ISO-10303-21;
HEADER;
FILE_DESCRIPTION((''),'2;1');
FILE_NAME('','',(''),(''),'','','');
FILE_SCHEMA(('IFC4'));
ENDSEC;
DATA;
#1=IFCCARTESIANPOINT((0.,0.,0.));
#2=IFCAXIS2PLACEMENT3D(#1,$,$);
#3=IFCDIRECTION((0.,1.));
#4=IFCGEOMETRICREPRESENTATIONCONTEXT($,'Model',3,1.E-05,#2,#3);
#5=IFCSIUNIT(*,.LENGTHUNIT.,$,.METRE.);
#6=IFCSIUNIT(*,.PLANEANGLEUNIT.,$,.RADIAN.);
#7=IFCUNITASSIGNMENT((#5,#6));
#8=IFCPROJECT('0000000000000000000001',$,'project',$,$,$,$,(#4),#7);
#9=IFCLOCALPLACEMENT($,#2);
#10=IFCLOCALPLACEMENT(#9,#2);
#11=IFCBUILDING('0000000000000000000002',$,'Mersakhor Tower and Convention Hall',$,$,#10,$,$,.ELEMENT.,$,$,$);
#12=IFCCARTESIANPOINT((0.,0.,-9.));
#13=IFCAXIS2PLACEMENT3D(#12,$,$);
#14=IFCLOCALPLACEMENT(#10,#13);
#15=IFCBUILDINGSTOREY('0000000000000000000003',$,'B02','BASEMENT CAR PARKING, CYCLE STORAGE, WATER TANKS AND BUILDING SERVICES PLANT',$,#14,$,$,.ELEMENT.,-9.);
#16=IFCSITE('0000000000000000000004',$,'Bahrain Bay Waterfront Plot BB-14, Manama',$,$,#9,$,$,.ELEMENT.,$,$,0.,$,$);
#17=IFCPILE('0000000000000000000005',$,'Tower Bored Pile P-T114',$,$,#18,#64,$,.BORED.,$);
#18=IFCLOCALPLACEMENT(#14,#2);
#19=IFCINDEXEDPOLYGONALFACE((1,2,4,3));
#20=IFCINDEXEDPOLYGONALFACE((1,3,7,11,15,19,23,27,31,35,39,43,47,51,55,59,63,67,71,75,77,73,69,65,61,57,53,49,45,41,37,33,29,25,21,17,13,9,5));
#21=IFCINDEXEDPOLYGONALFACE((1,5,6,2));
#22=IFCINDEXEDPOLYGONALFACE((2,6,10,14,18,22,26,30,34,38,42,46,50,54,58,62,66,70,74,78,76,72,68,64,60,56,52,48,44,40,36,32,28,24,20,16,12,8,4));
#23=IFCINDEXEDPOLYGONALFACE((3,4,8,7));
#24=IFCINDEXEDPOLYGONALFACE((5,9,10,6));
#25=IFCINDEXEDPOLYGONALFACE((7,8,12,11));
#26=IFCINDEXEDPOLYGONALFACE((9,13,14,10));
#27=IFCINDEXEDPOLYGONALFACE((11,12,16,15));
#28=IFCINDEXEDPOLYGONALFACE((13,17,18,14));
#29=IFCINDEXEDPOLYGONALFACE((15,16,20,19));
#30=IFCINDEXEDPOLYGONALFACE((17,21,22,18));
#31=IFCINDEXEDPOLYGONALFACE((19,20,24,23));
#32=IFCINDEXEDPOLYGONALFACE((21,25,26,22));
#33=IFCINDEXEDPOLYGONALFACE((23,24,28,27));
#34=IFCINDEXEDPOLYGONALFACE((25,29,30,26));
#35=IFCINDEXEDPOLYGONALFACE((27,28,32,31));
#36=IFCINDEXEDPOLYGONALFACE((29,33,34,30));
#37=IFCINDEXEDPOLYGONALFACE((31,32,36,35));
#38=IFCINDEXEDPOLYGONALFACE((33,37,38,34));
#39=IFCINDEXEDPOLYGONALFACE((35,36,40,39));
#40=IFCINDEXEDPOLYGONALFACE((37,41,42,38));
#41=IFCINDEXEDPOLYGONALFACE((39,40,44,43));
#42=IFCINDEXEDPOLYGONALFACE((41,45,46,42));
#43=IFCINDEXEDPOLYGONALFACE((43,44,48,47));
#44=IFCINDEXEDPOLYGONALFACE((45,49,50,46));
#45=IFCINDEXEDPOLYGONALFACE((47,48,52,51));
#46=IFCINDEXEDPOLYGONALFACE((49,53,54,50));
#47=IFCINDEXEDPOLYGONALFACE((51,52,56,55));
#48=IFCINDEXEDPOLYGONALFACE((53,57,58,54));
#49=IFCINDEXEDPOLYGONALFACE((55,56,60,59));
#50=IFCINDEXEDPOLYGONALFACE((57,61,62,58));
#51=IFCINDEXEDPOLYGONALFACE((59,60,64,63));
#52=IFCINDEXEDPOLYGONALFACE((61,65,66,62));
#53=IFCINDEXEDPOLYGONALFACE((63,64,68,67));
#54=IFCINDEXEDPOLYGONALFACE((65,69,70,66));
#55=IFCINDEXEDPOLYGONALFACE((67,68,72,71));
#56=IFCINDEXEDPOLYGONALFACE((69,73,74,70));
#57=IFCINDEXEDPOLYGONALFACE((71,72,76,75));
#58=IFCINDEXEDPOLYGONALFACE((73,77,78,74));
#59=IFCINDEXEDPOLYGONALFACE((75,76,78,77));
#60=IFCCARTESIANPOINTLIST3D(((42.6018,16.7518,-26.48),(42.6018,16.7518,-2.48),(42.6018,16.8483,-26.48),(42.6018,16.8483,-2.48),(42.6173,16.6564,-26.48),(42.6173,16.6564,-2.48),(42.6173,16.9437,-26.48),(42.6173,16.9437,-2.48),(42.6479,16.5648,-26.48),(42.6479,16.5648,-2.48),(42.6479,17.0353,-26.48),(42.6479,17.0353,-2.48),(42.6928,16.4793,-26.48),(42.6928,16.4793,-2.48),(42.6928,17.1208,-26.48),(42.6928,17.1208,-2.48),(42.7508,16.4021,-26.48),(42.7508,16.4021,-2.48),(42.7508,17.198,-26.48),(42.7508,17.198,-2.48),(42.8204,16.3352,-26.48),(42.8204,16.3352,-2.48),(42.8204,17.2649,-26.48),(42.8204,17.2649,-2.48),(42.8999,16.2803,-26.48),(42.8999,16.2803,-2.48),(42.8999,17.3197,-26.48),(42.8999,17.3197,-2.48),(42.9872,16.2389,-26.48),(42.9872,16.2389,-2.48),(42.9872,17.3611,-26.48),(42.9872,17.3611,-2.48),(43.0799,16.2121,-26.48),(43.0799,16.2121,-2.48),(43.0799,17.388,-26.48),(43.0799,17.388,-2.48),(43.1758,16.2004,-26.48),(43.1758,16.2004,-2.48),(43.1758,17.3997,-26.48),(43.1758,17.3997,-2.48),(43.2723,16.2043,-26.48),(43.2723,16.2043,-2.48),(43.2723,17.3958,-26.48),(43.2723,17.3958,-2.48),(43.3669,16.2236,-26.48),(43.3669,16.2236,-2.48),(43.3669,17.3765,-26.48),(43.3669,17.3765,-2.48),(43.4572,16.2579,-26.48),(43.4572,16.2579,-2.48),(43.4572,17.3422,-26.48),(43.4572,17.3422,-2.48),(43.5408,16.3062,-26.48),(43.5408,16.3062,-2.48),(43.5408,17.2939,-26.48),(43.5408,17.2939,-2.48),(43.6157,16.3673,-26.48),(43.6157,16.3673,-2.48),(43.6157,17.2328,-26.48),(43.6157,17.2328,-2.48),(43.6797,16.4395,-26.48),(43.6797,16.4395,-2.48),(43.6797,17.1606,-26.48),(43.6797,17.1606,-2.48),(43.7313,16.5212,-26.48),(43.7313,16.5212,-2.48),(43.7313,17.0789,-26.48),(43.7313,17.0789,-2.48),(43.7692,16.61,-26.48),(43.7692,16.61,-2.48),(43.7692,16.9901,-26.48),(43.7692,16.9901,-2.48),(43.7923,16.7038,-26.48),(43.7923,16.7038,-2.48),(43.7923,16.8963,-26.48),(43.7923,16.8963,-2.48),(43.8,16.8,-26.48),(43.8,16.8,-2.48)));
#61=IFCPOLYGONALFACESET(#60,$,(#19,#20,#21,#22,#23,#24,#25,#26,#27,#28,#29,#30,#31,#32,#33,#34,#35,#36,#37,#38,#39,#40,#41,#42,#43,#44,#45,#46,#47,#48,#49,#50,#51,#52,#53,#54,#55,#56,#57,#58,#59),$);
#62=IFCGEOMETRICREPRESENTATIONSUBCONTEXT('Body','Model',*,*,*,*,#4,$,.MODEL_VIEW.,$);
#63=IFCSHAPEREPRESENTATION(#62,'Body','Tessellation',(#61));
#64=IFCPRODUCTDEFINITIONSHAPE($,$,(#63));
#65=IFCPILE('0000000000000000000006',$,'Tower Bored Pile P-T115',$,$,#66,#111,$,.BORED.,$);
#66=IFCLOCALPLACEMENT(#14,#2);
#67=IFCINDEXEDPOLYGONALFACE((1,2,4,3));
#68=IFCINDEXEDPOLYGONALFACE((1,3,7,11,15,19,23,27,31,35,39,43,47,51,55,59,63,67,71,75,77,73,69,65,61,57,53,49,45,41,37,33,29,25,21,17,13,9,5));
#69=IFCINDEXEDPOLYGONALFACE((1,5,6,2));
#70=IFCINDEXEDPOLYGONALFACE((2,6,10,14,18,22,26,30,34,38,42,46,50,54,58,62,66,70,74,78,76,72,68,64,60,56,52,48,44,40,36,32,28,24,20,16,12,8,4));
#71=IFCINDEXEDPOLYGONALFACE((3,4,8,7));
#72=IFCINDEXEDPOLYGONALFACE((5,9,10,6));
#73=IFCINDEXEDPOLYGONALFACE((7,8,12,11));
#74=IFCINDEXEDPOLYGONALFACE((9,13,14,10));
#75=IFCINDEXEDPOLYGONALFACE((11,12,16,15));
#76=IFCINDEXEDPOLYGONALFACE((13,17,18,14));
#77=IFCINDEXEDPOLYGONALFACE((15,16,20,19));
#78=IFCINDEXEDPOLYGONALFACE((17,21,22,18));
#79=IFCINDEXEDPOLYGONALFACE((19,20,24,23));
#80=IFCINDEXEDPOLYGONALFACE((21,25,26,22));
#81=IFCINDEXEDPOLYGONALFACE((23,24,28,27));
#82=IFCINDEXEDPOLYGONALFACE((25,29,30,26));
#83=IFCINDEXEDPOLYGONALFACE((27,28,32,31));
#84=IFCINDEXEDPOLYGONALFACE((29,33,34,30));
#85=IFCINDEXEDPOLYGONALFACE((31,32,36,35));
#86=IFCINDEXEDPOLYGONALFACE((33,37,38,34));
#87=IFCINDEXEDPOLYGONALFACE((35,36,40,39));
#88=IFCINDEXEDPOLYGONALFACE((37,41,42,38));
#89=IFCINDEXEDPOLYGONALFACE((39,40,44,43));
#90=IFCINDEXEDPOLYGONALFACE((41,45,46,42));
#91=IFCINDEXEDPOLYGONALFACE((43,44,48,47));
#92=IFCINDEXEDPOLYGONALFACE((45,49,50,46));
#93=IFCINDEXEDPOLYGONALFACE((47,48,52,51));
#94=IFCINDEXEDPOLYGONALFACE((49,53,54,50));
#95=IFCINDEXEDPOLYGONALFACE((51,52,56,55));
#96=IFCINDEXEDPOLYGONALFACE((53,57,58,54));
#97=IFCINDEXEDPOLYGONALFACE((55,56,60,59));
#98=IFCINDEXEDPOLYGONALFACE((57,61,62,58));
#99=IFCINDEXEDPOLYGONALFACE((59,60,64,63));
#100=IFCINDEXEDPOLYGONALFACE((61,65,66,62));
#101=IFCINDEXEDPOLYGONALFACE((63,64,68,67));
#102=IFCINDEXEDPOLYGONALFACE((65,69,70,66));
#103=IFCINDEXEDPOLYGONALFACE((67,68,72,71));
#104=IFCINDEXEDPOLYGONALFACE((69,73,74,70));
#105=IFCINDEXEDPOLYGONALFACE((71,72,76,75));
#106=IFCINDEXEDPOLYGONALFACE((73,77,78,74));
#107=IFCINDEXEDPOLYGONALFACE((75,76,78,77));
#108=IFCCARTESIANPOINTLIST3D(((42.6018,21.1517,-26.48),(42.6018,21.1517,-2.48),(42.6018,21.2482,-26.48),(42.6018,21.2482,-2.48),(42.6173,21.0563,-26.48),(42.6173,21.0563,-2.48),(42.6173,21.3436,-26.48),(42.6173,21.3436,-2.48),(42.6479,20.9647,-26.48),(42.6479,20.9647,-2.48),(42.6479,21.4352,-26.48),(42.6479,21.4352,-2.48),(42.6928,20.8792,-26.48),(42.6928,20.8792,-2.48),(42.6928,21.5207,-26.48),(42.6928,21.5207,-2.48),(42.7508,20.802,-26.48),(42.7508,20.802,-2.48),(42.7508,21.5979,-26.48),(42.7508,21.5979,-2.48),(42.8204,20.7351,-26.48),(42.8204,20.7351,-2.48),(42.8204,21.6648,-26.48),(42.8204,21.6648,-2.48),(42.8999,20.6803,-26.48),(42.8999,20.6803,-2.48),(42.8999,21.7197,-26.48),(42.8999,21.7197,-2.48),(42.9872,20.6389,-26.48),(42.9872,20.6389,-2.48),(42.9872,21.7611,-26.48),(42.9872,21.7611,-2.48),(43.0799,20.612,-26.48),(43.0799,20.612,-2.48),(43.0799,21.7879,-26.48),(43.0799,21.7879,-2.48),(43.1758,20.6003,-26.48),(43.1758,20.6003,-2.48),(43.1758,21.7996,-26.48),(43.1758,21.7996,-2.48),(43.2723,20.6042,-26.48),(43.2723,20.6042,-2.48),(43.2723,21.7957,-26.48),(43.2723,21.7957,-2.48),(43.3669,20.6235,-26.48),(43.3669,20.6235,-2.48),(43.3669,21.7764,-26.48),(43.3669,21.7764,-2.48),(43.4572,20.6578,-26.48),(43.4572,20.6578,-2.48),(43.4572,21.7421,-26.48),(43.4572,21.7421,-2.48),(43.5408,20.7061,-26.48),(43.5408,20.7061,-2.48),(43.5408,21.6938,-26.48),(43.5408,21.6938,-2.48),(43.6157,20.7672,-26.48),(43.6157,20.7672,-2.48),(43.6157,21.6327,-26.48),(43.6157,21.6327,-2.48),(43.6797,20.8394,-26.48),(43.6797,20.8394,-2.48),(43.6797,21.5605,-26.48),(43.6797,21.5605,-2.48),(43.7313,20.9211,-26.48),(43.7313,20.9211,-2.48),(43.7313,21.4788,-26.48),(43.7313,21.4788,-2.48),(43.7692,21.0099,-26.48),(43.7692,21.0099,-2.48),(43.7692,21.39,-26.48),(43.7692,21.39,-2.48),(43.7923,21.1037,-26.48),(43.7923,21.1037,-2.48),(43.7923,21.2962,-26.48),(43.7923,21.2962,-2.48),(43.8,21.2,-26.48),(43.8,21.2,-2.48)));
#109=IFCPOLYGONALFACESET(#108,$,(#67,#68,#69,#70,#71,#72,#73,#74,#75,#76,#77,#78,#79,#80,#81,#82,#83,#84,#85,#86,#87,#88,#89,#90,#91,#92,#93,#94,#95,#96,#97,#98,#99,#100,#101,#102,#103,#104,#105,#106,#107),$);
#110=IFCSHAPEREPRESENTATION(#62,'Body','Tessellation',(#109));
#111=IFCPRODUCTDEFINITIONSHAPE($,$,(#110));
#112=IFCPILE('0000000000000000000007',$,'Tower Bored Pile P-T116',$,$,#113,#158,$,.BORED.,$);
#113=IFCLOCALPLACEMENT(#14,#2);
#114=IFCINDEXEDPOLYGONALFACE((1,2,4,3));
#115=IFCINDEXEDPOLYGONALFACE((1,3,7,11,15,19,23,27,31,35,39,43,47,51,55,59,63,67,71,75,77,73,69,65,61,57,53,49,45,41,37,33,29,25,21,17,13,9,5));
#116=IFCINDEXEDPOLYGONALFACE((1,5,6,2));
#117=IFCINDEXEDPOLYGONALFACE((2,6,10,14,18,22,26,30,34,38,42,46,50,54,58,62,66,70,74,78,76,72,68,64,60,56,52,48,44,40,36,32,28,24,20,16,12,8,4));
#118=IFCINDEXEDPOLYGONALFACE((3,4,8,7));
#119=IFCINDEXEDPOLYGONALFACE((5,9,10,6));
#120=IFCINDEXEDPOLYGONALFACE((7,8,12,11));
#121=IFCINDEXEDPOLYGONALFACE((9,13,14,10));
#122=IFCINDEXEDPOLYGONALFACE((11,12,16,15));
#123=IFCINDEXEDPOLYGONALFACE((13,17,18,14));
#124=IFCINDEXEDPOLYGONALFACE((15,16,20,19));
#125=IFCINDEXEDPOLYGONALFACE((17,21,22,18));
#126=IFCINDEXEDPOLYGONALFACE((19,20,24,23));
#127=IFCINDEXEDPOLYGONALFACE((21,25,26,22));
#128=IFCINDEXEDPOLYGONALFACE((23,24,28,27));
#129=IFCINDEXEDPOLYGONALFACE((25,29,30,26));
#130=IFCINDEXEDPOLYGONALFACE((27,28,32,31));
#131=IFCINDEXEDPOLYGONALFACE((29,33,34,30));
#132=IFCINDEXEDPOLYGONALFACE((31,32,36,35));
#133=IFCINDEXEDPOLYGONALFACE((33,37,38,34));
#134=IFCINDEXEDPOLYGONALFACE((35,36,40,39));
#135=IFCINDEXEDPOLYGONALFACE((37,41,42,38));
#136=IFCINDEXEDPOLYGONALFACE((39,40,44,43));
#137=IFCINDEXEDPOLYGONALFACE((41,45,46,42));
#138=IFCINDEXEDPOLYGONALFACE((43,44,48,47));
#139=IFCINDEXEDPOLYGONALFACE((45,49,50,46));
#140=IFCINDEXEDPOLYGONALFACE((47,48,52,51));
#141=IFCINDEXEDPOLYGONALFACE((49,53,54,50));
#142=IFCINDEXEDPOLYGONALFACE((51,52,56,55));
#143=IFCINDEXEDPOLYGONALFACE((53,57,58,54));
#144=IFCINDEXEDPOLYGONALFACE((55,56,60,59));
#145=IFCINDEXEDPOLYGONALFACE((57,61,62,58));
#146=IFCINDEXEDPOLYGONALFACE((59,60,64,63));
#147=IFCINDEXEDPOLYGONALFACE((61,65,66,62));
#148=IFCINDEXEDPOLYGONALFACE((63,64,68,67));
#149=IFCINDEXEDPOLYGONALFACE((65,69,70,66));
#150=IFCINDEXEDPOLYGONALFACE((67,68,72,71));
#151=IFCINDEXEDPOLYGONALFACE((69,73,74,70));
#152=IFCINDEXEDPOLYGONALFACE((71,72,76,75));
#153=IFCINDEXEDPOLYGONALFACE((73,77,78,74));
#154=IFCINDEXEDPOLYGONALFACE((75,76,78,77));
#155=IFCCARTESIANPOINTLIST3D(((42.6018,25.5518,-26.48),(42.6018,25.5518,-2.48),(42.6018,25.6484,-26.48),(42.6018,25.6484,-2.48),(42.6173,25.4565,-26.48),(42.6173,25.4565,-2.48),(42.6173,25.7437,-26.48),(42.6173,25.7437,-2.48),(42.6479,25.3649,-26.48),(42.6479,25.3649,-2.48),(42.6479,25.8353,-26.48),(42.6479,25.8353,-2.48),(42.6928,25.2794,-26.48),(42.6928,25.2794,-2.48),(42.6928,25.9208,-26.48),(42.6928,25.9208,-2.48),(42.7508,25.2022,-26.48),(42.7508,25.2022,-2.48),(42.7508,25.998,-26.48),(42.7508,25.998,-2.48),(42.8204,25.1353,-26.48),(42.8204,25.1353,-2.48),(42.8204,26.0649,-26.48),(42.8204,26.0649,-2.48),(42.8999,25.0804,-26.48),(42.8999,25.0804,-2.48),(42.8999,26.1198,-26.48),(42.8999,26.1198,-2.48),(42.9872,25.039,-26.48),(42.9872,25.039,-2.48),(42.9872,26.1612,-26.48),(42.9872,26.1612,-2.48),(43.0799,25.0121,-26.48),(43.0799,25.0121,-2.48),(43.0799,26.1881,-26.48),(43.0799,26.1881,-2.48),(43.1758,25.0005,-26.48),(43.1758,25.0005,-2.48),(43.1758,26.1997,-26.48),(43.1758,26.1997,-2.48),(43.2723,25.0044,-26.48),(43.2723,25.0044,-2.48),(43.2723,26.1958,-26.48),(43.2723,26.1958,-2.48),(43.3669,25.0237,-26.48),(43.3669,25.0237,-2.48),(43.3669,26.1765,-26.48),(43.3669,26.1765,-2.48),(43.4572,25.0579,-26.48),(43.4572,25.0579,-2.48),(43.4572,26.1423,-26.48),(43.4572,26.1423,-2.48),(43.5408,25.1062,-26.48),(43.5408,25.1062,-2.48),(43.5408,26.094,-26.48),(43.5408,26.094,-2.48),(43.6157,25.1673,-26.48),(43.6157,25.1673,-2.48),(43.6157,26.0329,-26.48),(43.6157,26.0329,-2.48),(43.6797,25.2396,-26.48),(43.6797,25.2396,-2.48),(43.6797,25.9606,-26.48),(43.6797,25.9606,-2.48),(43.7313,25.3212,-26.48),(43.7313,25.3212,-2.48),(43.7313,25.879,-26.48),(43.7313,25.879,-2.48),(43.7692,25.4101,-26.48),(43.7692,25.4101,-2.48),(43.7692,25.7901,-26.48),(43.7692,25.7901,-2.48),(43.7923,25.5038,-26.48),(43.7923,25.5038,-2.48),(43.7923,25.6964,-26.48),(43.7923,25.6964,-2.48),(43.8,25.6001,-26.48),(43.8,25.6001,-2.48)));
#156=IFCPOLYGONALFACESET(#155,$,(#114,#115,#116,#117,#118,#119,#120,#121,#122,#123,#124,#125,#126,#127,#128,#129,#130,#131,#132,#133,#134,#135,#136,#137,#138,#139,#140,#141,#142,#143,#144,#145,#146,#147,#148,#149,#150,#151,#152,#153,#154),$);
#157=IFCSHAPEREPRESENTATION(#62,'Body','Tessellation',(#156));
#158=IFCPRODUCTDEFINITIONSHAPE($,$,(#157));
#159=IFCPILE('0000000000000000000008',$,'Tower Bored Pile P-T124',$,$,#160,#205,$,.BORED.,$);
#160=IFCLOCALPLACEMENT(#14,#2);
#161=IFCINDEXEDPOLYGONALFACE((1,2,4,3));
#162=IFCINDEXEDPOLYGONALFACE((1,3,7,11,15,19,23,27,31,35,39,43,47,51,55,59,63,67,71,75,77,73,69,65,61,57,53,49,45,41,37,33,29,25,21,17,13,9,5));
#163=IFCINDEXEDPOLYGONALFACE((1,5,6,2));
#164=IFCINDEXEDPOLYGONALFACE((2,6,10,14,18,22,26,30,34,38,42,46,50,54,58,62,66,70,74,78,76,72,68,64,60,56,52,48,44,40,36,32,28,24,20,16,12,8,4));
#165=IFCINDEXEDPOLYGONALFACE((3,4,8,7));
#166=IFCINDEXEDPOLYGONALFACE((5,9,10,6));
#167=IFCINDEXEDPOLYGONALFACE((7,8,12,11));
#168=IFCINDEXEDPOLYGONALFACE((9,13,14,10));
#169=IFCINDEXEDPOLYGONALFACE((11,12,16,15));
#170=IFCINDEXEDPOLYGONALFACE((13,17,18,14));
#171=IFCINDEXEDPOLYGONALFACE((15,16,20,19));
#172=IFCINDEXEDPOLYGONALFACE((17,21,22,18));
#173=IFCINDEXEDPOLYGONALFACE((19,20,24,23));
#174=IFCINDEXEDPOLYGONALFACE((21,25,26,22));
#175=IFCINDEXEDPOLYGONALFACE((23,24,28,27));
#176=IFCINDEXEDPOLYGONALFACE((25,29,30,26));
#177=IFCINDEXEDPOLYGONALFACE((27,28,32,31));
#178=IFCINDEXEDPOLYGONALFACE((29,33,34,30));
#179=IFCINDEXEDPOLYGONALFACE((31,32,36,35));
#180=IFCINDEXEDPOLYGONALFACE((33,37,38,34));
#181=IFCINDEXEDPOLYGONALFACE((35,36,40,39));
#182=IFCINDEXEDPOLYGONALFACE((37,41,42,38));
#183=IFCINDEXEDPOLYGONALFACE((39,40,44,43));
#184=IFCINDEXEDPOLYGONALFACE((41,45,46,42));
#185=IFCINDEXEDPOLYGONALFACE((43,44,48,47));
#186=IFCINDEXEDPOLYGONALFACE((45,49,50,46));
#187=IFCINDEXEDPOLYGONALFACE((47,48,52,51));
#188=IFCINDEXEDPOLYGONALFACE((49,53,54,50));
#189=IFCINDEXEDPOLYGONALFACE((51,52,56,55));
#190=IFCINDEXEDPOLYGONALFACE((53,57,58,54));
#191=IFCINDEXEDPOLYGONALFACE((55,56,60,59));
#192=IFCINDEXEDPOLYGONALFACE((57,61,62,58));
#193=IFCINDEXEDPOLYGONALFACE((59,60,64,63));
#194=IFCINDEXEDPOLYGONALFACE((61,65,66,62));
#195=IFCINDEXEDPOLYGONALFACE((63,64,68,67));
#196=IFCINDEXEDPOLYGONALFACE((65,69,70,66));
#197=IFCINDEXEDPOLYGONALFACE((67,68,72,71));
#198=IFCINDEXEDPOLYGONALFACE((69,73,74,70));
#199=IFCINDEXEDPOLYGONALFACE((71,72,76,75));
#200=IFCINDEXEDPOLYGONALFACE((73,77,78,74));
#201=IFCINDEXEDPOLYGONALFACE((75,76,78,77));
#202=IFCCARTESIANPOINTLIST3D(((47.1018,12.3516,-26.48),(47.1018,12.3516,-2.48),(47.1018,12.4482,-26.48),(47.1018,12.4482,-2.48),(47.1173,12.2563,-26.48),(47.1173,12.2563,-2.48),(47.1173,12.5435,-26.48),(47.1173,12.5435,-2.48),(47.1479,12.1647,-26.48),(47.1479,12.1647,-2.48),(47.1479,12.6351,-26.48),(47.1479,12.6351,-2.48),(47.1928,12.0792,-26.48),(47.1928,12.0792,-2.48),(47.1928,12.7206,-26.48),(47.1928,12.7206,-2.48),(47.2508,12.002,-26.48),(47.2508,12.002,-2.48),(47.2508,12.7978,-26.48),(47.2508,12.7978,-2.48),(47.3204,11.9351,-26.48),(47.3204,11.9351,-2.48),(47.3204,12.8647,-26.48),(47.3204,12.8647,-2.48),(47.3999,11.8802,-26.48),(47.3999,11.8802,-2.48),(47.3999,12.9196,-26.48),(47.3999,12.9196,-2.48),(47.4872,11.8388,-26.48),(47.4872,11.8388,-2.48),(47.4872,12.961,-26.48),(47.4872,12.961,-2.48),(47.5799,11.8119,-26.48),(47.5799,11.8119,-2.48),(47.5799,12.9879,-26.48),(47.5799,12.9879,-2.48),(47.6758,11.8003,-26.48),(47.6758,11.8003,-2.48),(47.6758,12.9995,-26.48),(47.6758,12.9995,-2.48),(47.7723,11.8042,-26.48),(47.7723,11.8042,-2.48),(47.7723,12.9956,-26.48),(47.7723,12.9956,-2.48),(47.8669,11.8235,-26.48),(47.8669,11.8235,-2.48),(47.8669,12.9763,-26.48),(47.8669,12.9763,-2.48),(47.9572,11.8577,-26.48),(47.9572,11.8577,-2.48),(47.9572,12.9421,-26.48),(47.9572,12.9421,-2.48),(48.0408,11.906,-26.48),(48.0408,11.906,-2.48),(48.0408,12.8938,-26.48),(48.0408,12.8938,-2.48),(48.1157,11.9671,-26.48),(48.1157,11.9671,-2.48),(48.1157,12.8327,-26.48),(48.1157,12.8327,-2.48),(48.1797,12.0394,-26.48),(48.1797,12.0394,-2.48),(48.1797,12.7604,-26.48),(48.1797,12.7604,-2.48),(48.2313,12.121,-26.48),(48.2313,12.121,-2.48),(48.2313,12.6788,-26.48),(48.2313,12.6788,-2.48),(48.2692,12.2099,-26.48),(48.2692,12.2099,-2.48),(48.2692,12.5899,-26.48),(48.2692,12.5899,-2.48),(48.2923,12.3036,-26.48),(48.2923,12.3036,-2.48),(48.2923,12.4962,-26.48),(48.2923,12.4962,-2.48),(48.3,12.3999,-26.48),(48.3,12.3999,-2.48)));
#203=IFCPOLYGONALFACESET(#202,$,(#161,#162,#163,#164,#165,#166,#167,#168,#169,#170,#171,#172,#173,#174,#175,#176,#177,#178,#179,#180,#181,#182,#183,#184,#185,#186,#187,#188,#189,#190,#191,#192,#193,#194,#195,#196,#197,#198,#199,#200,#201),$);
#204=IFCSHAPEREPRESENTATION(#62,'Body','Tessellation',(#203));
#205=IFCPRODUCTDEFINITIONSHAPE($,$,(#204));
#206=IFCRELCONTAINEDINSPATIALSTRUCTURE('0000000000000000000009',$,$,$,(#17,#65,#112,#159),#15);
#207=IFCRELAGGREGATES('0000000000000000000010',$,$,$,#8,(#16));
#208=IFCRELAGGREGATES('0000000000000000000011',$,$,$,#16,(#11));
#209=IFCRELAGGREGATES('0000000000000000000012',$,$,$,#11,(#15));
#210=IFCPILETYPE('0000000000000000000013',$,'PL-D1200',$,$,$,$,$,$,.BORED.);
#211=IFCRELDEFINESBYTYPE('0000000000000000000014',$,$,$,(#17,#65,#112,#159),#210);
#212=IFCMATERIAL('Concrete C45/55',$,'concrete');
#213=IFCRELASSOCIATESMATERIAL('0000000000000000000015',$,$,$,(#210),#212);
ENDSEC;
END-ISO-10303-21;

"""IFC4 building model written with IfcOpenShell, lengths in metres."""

from ifc_helpers import new_model, si_unit, direction, frame, origin, origin_2d, place, context, subcontext, project, spatial, circle, extrude, material, material_profile, profile_set, type_object, element, save


model = new_model("IFC4")

# Units and contexts
model_context = context("Model", 3, precision=1e-05, world=origin(), true_north=direction((0.0, 1.0)))
body_context = subcontext(model_context, "Body", "Model", "MODEL_VIEW")
ifc_project = project(units=[si_unit("LENGTHUNIT", "METRE"), si_unit("PLANEANGLEUNIT", "RADIAN")], contexts=[model_context])

# Site, building, storey
site_placement = place(None, origin())
site = spatial("IfcSite", under=ifc_project, at=site_placement, Name="Bahrain Bay Waterfront Plot BB-14, Manama", CompositionType="ELEMENT", RefElevation=0.0)
building_placement = place(site_placement, origin())
building = spatial("IfcBuilding", under=site, at=building_placement, Name="Mersakhor Tower and Convention Hall", CompositionType="ELEMENT")
storey_placement = place(building_placement, frame((0.0, 0.0, -9.0)))
storey = spatial("IfcBuildingStorey", under=building, at=storey_placement, Name="B02", Description="BASEMENT CAR PARKING, CYCLE STORAGE, WATER TANKS AND BUILDING SERVICES PLANT", CompositionType="ELEMENT", Elevation=-9.0)

# Piles
ifc_material_1 = material(Name="Concrete C45/55", Category="concrete")
ifc_material_profile_1 = material_profile(ifc_material_1, circle(Radius=0.6001, at=origin_2d()), Name="PILE D1200")
ifc_profile_set_1 = profile_set([ifc_material_profile_1], Name="Concrete C45/55")
pile_type_1 = type_object("IfcPileType", Name="PL-D1200", PredefinedType="BORED", material=ifc_profile_set_1)
for number, where, z_axis, x_axis, name in (
    (1, (43.2, 16.8, -2.48), (0.0, 0.0, -1.0), (1.0, 0.0, 0.0), "Tower Bored Pile P-T114"),
    (2, (43.2, 21.2, -2.48), (0.0, 0.0, -1.0), (1.0, 0.0, 0.0), "Tower Bored Pile P-T115"),
    (3, (43.2, 25.6001, -2.48), (0.0, 0.0, -1.0), (1.0, 0.0, 0.0), "Tower Bored Pile P-T116"),
    (4, (47.7, 12.3999, -2.48), (0.0, 0.0, -1.0), (1.0, 0.0, 0.0), "Tower Bored Pile P-T124"),
):
    element("IfcPile", number, at=place(storey_placement, frame(where, z_axis=z_axis, x_axis=x_axis)), inside=storey, type_object=pile_type_1, Name=name, PredefinedType="BORED", context=body_context, shape_type="SweptSolid", body=[
        extrude(circle(Radius=0.6001, at=origin_2d()), origin(), (0.0, 0.0, 1.0), 24.0),
    ])

save(model, "model.ifc")
